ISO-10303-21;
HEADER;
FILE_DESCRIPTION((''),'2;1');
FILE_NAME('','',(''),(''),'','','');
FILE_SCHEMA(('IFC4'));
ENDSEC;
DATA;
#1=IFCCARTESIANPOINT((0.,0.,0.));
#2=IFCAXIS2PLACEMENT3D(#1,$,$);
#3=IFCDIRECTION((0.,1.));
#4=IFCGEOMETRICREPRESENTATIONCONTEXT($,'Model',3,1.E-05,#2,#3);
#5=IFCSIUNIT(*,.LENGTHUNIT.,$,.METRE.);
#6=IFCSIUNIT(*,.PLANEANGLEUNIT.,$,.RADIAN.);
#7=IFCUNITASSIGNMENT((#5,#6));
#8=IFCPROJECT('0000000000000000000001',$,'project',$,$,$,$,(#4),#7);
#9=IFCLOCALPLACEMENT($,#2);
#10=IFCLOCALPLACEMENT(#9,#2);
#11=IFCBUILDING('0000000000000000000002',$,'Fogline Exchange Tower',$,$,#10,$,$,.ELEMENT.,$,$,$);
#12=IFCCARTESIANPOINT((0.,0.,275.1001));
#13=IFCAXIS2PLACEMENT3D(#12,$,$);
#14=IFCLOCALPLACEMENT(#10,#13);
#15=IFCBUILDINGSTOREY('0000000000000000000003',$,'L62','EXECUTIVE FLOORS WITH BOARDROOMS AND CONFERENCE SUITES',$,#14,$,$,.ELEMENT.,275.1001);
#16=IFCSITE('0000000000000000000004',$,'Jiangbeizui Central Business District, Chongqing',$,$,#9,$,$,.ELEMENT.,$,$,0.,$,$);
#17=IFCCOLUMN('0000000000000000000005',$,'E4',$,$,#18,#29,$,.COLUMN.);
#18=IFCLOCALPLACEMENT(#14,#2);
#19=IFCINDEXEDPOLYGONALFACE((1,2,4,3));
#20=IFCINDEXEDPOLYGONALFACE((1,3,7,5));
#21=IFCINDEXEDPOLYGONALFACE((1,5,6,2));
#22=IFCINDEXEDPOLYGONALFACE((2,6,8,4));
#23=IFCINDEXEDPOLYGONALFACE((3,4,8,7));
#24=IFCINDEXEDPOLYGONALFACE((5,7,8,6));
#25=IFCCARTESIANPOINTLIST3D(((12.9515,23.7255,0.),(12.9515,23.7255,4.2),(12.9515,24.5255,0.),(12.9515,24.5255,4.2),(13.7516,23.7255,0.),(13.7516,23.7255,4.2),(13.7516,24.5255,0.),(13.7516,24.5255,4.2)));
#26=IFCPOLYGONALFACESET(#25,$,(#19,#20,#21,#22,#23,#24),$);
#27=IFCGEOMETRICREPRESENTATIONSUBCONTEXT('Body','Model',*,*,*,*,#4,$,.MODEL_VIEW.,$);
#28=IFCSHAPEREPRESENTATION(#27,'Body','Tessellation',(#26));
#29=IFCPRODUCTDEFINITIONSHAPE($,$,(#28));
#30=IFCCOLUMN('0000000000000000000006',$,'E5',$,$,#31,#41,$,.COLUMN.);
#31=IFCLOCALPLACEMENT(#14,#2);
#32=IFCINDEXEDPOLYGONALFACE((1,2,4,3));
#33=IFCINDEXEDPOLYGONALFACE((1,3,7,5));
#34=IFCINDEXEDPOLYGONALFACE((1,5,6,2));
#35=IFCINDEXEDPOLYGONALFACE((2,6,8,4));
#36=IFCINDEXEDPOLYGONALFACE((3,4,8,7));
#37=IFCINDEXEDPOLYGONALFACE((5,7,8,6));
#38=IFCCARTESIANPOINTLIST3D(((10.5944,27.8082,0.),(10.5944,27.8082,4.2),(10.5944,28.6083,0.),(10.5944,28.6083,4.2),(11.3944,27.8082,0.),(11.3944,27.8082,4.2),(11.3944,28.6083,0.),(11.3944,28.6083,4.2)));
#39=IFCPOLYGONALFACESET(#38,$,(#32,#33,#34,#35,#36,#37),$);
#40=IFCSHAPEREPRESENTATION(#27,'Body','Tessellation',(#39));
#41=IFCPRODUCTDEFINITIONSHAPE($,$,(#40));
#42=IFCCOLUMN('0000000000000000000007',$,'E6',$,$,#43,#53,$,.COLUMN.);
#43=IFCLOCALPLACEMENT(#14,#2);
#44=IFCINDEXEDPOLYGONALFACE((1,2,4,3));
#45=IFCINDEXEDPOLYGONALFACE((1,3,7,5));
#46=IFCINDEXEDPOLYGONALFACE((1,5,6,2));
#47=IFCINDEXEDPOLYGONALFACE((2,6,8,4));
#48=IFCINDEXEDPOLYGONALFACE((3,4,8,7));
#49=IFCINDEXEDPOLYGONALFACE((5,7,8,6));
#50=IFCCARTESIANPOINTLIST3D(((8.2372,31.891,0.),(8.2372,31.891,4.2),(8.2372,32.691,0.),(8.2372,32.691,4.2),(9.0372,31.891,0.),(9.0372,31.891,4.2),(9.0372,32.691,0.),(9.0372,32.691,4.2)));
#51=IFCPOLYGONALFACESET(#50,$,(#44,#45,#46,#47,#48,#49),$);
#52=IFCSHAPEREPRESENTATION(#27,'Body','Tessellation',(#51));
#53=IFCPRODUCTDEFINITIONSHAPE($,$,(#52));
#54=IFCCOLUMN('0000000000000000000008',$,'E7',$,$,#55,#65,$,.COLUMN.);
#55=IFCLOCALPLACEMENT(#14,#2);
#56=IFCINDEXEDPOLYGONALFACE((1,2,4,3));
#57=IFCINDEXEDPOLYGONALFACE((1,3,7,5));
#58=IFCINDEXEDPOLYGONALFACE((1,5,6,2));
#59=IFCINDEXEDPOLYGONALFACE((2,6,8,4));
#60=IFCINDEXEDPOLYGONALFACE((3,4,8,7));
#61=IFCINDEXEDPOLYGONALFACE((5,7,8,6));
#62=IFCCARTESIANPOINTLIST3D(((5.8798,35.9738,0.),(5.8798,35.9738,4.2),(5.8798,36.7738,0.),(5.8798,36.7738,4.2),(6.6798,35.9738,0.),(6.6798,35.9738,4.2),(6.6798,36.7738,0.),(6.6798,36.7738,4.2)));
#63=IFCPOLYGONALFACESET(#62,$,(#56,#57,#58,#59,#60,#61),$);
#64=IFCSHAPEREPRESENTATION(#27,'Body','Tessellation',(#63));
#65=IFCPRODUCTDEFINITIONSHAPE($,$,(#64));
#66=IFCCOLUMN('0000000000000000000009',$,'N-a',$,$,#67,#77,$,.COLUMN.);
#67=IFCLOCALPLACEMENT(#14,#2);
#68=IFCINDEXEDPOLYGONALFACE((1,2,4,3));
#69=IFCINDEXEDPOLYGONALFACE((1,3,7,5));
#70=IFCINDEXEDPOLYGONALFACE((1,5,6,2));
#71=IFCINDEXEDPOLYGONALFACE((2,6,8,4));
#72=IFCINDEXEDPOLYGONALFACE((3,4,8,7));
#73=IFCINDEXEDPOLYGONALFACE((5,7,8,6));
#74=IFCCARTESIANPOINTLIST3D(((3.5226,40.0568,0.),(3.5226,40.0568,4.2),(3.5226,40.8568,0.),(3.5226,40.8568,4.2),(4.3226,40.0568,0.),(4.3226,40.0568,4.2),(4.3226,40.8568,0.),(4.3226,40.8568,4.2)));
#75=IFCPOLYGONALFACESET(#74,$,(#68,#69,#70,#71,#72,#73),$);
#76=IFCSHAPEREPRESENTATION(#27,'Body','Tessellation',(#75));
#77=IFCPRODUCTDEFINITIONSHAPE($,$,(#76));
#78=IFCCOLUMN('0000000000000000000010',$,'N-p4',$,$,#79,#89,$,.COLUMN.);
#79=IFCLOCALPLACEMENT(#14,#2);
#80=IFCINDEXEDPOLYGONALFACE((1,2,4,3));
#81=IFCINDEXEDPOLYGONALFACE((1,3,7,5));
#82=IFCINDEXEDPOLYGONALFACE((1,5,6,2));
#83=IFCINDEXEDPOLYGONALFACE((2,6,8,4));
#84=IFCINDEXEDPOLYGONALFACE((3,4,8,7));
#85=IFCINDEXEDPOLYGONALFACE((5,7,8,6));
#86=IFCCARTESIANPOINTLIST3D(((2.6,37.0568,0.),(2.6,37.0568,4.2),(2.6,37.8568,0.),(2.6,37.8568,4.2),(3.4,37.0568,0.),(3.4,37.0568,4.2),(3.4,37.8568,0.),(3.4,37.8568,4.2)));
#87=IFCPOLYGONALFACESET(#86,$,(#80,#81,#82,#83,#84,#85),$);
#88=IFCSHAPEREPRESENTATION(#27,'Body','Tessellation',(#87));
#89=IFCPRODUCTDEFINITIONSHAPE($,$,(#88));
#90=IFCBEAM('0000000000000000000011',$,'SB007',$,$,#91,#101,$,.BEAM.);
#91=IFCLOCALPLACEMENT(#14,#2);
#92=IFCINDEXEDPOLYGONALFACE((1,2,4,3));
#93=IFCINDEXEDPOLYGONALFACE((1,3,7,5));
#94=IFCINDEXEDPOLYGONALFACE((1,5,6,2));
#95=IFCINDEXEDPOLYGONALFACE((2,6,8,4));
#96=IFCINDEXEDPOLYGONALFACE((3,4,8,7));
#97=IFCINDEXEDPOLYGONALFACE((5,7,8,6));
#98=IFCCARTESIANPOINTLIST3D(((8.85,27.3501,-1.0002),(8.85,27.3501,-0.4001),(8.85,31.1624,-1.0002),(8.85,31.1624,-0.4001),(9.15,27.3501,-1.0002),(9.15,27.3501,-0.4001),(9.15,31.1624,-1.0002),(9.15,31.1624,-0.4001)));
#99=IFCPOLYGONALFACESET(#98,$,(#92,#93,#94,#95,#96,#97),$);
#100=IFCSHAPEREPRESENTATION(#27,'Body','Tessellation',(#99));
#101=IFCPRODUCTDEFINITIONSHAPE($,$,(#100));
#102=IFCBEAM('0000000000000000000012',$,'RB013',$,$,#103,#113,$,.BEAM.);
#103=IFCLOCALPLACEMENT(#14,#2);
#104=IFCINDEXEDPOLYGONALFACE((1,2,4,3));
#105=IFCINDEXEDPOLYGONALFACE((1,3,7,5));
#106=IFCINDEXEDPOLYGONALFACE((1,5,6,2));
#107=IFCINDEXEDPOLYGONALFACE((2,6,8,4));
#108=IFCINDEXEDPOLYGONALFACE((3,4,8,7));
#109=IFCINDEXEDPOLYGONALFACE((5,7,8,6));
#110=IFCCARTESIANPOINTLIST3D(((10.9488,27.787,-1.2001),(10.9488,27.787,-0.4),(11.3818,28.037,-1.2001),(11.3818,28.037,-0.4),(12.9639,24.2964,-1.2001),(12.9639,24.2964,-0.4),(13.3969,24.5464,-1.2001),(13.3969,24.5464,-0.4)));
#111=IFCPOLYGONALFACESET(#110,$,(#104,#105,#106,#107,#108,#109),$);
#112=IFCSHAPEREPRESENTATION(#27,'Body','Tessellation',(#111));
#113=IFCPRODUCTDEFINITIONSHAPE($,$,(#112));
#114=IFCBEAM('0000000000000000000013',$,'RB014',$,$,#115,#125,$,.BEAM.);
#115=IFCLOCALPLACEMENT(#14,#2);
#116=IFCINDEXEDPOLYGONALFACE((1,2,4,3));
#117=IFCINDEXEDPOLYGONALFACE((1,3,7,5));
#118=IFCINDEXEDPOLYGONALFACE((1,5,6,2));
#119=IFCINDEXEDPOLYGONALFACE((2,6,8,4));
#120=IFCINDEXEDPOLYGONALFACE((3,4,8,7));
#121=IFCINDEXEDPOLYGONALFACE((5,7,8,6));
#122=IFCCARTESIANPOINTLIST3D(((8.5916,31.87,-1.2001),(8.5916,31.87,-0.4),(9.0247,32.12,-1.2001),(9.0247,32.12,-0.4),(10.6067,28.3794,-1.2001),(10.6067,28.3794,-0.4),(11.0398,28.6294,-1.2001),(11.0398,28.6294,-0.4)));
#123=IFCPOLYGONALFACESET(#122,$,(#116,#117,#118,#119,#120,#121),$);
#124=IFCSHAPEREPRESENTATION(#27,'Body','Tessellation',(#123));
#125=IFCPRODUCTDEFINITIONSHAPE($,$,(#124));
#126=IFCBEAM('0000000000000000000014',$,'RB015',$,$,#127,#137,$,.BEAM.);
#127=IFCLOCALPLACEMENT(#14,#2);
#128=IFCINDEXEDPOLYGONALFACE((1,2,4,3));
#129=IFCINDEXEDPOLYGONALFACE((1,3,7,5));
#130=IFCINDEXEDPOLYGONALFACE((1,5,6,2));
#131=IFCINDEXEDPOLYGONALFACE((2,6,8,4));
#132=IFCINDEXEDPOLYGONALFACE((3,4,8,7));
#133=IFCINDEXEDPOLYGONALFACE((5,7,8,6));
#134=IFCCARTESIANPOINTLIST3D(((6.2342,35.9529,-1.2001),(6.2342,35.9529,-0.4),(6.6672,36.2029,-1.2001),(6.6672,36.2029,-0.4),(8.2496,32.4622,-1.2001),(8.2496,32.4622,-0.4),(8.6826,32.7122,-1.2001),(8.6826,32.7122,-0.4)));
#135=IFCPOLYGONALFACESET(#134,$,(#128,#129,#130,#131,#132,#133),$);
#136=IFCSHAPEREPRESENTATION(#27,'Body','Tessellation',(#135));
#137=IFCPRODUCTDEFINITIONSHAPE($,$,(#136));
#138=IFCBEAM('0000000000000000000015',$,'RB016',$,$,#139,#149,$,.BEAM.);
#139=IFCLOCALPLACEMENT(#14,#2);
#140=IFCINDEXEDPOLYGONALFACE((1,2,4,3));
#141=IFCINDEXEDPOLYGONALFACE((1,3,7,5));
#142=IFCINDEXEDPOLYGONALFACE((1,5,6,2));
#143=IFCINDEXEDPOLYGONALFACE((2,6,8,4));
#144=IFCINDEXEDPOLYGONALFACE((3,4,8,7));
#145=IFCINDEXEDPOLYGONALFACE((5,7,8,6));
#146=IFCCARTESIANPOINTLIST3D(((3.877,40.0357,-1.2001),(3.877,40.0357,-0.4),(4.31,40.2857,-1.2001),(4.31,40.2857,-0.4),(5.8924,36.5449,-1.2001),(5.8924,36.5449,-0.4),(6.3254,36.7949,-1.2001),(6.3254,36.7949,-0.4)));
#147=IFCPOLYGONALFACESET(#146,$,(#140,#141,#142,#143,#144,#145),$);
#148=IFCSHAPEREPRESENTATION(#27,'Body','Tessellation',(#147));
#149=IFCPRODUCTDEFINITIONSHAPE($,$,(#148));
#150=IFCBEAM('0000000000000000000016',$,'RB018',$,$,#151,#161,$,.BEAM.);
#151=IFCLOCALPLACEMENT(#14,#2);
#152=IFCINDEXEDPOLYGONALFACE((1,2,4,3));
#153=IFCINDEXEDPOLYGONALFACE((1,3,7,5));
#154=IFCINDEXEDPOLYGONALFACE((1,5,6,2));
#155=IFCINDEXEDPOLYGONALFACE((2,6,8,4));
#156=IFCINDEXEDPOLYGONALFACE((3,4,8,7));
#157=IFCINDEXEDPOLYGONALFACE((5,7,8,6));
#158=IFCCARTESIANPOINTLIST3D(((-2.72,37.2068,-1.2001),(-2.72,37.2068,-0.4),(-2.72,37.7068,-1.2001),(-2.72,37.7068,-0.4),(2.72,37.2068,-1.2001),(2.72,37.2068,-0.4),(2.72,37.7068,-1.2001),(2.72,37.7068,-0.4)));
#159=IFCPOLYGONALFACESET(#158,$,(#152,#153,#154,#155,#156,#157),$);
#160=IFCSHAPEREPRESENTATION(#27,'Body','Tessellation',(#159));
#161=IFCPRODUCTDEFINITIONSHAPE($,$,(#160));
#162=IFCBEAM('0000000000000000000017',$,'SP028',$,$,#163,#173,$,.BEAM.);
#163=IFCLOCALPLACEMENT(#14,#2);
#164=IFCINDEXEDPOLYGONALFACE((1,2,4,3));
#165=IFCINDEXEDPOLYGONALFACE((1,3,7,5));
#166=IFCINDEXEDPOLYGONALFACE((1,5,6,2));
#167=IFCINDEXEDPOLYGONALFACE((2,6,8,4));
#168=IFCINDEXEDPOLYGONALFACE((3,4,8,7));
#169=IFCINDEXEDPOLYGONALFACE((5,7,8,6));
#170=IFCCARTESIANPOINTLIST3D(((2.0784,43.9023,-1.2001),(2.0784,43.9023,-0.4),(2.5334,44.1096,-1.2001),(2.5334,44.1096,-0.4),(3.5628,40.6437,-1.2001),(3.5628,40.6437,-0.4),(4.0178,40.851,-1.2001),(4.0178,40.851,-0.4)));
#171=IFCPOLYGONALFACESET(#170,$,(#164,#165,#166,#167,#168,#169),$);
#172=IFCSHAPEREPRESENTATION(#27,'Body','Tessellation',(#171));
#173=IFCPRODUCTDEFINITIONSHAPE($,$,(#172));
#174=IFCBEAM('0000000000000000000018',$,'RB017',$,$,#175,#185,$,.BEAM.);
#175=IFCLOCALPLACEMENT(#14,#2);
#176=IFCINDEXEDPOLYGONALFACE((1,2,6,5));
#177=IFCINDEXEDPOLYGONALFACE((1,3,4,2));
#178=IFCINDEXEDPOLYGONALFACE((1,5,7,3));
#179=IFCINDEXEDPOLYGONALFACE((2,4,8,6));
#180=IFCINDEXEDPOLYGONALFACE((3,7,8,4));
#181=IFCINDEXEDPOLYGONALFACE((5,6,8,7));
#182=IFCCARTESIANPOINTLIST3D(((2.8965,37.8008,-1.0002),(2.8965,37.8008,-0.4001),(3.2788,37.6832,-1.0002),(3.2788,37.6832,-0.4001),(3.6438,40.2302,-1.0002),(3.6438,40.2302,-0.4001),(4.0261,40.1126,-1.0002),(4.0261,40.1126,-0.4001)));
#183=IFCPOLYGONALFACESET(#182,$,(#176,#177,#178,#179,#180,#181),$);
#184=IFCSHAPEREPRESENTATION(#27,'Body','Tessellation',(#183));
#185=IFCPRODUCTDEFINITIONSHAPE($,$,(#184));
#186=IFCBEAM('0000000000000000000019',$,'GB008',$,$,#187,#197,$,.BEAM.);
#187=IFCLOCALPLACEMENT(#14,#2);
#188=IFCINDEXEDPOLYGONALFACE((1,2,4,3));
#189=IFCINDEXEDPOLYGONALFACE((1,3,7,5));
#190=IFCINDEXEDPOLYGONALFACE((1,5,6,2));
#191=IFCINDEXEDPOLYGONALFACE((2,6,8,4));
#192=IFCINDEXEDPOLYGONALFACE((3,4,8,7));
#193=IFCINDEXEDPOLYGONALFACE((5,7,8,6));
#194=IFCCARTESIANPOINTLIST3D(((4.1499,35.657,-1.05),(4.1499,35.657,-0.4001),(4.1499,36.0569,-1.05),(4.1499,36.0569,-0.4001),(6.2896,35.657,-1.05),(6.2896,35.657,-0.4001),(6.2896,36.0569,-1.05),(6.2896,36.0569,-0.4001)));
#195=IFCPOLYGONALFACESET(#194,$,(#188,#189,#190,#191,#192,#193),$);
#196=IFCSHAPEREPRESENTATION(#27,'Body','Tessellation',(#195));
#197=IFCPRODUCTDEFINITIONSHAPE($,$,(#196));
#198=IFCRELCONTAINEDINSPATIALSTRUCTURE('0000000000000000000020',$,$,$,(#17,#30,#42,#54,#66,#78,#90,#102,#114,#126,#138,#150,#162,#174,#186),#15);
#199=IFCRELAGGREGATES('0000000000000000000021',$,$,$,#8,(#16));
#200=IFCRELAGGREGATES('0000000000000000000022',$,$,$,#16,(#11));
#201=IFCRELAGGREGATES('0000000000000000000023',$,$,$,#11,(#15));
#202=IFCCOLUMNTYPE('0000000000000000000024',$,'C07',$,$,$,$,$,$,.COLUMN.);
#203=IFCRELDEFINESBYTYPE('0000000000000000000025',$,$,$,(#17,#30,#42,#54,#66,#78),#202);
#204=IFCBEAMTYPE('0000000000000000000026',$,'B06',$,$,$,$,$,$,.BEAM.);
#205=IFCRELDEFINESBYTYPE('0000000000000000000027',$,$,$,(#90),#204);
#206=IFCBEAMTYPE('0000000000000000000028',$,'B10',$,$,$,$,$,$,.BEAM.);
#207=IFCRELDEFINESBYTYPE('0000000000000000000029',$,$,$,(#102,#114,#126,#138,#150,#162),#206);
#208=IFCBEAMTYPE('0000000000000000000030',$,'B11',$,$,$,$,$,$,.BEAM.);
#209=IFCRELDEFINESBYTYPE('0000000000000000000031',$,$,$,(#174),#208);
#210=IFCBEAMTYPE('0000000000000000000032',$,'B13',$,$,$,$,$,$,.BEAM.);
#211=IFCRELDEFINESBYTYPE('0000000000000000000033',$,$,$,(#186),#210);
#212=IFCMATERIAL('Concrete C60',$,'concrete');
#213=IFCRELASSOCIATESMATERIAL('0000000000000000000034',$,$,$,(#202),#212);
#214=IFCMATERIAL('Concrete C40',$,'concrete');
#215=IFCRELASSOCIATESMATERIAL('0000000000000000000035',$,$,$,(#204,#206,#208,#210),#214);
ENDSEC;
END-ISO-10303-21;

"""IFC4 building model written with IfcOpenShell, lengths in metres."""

from ifc_helpers import new_model, si_unit, direction, frame, origin, origin_2d, place, context, subcontext, project, spatial, rectangle, extrude, material, material_profile, profile_set, type_object, element, save


model = new_model("IFC4")

# Units and contexts
model_context = context("Model", 3, precision=1e-05, world=origin(), true_north=direction((0.0, 1.0)))
body_context = subcontext(model_context, "Body", "Model", "MODEL_VIEW")
ifc_project = project(units=[si_unit("LENGTHUNIT", "METRE"), si_unit("PLANEANGLEUNIT", "RADIAN")], contexts=[model_context])

# Site, building, storey
site_placement = place(None, origin())
site = spatial("IfcSite", under=ifc_project, at=site_placement, Name="Jiangbeizui Central Business District, Chongqing", CompositionType="ELEMENT", RefElevation=0.0)
building_placement = place(site_placement, origin())
building = spatial("IfcBuilding", under=site, at=building_placement, Name="Fogline Exchange Tower", CompositionType="ELEMENT")
storey_placement = place(building_placement, frame((0.0, 0.0, 275.1001)))
storey = spatial("IfcBuildingStorey", under=building, at=storey_placement, Name="L62", Description="EXECUTIVE FLOORS WITH BOARDROOMS AND CONFERENCE SUITES", CompositionType="ELEMENT", Elevation=275.1001)

# Columns
ifc_material_1 = material(Name="Concrete C60", Category="concrete")
ifc_material_profile_1 = material_profile(ifc_material_1, rectangle(XDim=0.8, YDim=0.8, at=origin_2d()), Name="RC 800x800")
ifc_profile_set_1 = profile_set([ifc_material_profile_1], Name="Concrete C60")
column_type = type_object("IfcColumnType", Name="C07", PredefinedType="COLUMN", material=ifc_profile_set_1)
for number, where, z_axis, x_axis, name in (
    (1, (13.3516, 24.1255, 0.0), (0.0, 0.0, 1.0), (1.0, 0.0, 0.0), "E4"),
    (2, (10.9944, 28.2083, 0.0), (0.0, 0.0, 1.0), (1.0, 0.0, 0.0), "E5"),
    (3, (8.6372, 32.291, 0.0), (0.0, 0.0, 1.0), (1.0, 0.0, 0.0), "E6"),
    (4, (6.2798, 36.3738, 0.0), (0.0, 0.0, 1.0), (1.0, 0.0, 0.0), "E7"),
    (5, (3.9226, 40.4568, 0.0), (0.0, 0.0, 1.0), (1.0, 0.0, 0.0), "N-a"),
    (6, (3.0, 37.4568, 0.0), (0.0, 0.0, 1.0), (1.0, 0.0, 0.0), "N-p4"),
):
    element("IfcColumn", number, at=place(storey_placement, frame(where, z_axis=z_axis, x_axis=x_axis)), inside=storey, type_object=column_type, Name=name, PredefinedType="COLUMN", context=body_context, shape_type="SweptSolid", body=[
        extrude(rectangle(XDim=0.8, YDim=0.8, at=origin_2d()), origin(), (0.0, 0.0, 1.0), 4.2),
    ])

# Beams
ifc_material_2 = material(Name="Concrete C40", Category="concrete")
ifc_material_profile_2 = material_profile(ifc_material_2, rectangle(XDim=0.3, YDim=0.6001, at=origin_2d()), Name="RC 300x600")
ifc_profile_set_2 = profile_set([ifc_material_profile_2], Name="Concrete C40")
beam_type_1 = type_object("IfcBeamType", Name="B06", PredefinedType="BEAM", material=ifc_profile_set_2)
beam_1_placement = place(storey_placement, frame((9.0, 27.3501, -0.7002), z_axis=(0.0, 1.0, 0.0), x_axis=(-1.0, 0.0, 0.0)))
element("IfcBeam", 7, at=beam_1_placement, inside=storey, type_object=beam_type_1, Name="SB007", PredefinedType="BEAM", context=body_context, shape_type="SweptSolid", body=[
    extrude(rectangle(XDim=0.3, YDim=0.6001, at=origin_2d()), origin(), (0.0, 0.0, 1.0), 3.8123),
])
ifc_material_profile_3 = material_profile(ifc_material_2, rectangle(XDim=0.5, YDim=0.8, at=origin_2d()), Name="RC 500x800")
ifc_profile_set_3 = profile_set([ifc_material_profile_3], Name="Concrete C40")
beam_type_2 = type_object("IfcBeamType", Name="B10", PredefinedType="BEAM", material=ifc_profile_set_3)
for number, where, z_axis, x_axis, name in (
    (8, (13.1804, 24.4214, -0.8), (-0.499957, 0.86605, 0.0), (-0.86605, -0.499957, 0.0), "RB013"),
    (9, (10.8232, 28.5044, -0.8), (-0.499957, 0.86605, 0.0), (-0.86605, -0.499957, 0.0), "RB014"),
):
    element("IfcBeam", number, at=place(storey_placement, frame(where, z_axis=z_axis, x_axis=x_axis)), inside=storey, type_object=beam_type_2, Name=name, PredefinedType="BEAM", context=body_context, shape_type="SweptSolid", body=[
        extrude(rectangle(XDim=0.5, YDim=0.8, at=origin_2d()), origin(), (0.0, 0.0, 1.0), 4.0305),
    ])
for number, where, z_axis, x_axis, name in (
    (10, (8.4661, 32.5872, -0.8), (-0.500002, 0.866024, 0.0), (-0.866024, -0.500002, 0.0), "RB015"),
    (11, (6.1089, 36.6699, -0.8), (-0.500002, 0.866024, 0.0), (-0.866024, -0.500002, 0.0), "RB016"),
):
    element("IfcBeam", number, at=place(storey_placement, frame(where, z_axis=z_axis, x_axis=x_axis)), inside=storey, type_object=beam_type_2, Name=name, PredefinedType="BEAM", context=body_context, shape_type="SweptSolid", body=[
        extrude(rectangle(XDim=0.5, YDim=0.8, at=origin_2d()), origin(), (0.0, 0.0, 1.0), 4.0308),
    ])
beam_2_placement = place(storey_placement, frame((2.72, 37.4568, -0.8), z_axis=(-1.0, 0.0, 0.0), x_axis=(0.0, -1.0, 0.0)))
element("IfcBeam", 12, at=beam_2_placement, inside=storey, type_object=beam_type_2, Name="RB018", PredefinedType="BEAM", context=body_context, shape_type="SweptSolid", body=[
    extrude(rectangle(XDim=0.5, YDim=0.8, at=origin_2d()), origin(), (0.0, 0.0, 1.0), 5.4399),
])
beam_3_placement = place(storey_placement, frame((3.7903, 40.7473, -0.8), z_axis=(-0.414548, 0.910028, 0.0), x_axis=(-0.910028, -0.414548, 0.0)))
element("IfcBeam", 13, at=beam_3_placement, inside=storey, type_object=beam_type_2, Name="SP028", PredefinedType="BEAM", context=body_context, shape_type="SweptSolid", body=[
    extrude(rectangle(XDim=0.5, YDim=0.8, at=origin_2d()), origin(), (0.0, 0.0, 1.0), 3.5808),
])
ifc_material_profile_4 = material_profile(ifc_material_2, rectangle(XDim=0.3999, YDim=0.6001, at=origin_2d()), Name="RC 400x600")
ifc_profile_set_4 = profile_set([ifc_material_profile_4], Name="Concrete C40")
beam_type_3 = type_object("IfcBeamType", Name="B11", PredefinedType="BEAM", material=ifc_profile_set_4)
beam_4_placement = place(storey_placement, frame((3.835, 40.1714, -0.7002), z_axis=(-0.294012, -0.955802, 0.0), x_axis=(0.955802, -0.294012, 0.0)))
element("IfcBeam", 14, at=beam_4_placement, inside=storey, type_object=beam_type_3, Name="RB017", PredefinedType="BEAM", context=body_context, shape_type="SweptSolid", body=[
    extrude(rectangle(XDim=0.3999, YDim=0.6001, at=origin_2d()), origin(), (0.0, 0.0, 1.0), 2.5417),
])
ifc_material_profile_5 = material_profile(ifc_material_2, rectangle(XDim=0.3999, YDim=0.6499, at=origin_2d()), Name="RC 400x650")
ifc_profile_set_5 = profile_set([ifc_material_profile_5], Name="Concrete C40")
beam_type_4 = type_object("IfcBeamType", Name="B13", PredefinedType="BEAM", material=ifc_profile_set_5)
beam_5_placement = place(storey_placement, frame((4.1499, 35.8569, -0.7251), z_axis=(1.0, 0.0, 0.0), x_axis=(0.0, 1.0, 0.0)))
element("IfcBeam", 15, at=beam_5_placement, inside=storey, type_object=beam_type_4, Name="GB008", PredefinedType="BEAM", context=body_context, shape_type="SweptSolid", body=[
    extrude(rectangle(XDim=0.3999, YDim=0.6499, at=origin_2d()), origin(), (0.0, 0.0, 1.0), 2.1396),
])

save(model, "model.ifc")
